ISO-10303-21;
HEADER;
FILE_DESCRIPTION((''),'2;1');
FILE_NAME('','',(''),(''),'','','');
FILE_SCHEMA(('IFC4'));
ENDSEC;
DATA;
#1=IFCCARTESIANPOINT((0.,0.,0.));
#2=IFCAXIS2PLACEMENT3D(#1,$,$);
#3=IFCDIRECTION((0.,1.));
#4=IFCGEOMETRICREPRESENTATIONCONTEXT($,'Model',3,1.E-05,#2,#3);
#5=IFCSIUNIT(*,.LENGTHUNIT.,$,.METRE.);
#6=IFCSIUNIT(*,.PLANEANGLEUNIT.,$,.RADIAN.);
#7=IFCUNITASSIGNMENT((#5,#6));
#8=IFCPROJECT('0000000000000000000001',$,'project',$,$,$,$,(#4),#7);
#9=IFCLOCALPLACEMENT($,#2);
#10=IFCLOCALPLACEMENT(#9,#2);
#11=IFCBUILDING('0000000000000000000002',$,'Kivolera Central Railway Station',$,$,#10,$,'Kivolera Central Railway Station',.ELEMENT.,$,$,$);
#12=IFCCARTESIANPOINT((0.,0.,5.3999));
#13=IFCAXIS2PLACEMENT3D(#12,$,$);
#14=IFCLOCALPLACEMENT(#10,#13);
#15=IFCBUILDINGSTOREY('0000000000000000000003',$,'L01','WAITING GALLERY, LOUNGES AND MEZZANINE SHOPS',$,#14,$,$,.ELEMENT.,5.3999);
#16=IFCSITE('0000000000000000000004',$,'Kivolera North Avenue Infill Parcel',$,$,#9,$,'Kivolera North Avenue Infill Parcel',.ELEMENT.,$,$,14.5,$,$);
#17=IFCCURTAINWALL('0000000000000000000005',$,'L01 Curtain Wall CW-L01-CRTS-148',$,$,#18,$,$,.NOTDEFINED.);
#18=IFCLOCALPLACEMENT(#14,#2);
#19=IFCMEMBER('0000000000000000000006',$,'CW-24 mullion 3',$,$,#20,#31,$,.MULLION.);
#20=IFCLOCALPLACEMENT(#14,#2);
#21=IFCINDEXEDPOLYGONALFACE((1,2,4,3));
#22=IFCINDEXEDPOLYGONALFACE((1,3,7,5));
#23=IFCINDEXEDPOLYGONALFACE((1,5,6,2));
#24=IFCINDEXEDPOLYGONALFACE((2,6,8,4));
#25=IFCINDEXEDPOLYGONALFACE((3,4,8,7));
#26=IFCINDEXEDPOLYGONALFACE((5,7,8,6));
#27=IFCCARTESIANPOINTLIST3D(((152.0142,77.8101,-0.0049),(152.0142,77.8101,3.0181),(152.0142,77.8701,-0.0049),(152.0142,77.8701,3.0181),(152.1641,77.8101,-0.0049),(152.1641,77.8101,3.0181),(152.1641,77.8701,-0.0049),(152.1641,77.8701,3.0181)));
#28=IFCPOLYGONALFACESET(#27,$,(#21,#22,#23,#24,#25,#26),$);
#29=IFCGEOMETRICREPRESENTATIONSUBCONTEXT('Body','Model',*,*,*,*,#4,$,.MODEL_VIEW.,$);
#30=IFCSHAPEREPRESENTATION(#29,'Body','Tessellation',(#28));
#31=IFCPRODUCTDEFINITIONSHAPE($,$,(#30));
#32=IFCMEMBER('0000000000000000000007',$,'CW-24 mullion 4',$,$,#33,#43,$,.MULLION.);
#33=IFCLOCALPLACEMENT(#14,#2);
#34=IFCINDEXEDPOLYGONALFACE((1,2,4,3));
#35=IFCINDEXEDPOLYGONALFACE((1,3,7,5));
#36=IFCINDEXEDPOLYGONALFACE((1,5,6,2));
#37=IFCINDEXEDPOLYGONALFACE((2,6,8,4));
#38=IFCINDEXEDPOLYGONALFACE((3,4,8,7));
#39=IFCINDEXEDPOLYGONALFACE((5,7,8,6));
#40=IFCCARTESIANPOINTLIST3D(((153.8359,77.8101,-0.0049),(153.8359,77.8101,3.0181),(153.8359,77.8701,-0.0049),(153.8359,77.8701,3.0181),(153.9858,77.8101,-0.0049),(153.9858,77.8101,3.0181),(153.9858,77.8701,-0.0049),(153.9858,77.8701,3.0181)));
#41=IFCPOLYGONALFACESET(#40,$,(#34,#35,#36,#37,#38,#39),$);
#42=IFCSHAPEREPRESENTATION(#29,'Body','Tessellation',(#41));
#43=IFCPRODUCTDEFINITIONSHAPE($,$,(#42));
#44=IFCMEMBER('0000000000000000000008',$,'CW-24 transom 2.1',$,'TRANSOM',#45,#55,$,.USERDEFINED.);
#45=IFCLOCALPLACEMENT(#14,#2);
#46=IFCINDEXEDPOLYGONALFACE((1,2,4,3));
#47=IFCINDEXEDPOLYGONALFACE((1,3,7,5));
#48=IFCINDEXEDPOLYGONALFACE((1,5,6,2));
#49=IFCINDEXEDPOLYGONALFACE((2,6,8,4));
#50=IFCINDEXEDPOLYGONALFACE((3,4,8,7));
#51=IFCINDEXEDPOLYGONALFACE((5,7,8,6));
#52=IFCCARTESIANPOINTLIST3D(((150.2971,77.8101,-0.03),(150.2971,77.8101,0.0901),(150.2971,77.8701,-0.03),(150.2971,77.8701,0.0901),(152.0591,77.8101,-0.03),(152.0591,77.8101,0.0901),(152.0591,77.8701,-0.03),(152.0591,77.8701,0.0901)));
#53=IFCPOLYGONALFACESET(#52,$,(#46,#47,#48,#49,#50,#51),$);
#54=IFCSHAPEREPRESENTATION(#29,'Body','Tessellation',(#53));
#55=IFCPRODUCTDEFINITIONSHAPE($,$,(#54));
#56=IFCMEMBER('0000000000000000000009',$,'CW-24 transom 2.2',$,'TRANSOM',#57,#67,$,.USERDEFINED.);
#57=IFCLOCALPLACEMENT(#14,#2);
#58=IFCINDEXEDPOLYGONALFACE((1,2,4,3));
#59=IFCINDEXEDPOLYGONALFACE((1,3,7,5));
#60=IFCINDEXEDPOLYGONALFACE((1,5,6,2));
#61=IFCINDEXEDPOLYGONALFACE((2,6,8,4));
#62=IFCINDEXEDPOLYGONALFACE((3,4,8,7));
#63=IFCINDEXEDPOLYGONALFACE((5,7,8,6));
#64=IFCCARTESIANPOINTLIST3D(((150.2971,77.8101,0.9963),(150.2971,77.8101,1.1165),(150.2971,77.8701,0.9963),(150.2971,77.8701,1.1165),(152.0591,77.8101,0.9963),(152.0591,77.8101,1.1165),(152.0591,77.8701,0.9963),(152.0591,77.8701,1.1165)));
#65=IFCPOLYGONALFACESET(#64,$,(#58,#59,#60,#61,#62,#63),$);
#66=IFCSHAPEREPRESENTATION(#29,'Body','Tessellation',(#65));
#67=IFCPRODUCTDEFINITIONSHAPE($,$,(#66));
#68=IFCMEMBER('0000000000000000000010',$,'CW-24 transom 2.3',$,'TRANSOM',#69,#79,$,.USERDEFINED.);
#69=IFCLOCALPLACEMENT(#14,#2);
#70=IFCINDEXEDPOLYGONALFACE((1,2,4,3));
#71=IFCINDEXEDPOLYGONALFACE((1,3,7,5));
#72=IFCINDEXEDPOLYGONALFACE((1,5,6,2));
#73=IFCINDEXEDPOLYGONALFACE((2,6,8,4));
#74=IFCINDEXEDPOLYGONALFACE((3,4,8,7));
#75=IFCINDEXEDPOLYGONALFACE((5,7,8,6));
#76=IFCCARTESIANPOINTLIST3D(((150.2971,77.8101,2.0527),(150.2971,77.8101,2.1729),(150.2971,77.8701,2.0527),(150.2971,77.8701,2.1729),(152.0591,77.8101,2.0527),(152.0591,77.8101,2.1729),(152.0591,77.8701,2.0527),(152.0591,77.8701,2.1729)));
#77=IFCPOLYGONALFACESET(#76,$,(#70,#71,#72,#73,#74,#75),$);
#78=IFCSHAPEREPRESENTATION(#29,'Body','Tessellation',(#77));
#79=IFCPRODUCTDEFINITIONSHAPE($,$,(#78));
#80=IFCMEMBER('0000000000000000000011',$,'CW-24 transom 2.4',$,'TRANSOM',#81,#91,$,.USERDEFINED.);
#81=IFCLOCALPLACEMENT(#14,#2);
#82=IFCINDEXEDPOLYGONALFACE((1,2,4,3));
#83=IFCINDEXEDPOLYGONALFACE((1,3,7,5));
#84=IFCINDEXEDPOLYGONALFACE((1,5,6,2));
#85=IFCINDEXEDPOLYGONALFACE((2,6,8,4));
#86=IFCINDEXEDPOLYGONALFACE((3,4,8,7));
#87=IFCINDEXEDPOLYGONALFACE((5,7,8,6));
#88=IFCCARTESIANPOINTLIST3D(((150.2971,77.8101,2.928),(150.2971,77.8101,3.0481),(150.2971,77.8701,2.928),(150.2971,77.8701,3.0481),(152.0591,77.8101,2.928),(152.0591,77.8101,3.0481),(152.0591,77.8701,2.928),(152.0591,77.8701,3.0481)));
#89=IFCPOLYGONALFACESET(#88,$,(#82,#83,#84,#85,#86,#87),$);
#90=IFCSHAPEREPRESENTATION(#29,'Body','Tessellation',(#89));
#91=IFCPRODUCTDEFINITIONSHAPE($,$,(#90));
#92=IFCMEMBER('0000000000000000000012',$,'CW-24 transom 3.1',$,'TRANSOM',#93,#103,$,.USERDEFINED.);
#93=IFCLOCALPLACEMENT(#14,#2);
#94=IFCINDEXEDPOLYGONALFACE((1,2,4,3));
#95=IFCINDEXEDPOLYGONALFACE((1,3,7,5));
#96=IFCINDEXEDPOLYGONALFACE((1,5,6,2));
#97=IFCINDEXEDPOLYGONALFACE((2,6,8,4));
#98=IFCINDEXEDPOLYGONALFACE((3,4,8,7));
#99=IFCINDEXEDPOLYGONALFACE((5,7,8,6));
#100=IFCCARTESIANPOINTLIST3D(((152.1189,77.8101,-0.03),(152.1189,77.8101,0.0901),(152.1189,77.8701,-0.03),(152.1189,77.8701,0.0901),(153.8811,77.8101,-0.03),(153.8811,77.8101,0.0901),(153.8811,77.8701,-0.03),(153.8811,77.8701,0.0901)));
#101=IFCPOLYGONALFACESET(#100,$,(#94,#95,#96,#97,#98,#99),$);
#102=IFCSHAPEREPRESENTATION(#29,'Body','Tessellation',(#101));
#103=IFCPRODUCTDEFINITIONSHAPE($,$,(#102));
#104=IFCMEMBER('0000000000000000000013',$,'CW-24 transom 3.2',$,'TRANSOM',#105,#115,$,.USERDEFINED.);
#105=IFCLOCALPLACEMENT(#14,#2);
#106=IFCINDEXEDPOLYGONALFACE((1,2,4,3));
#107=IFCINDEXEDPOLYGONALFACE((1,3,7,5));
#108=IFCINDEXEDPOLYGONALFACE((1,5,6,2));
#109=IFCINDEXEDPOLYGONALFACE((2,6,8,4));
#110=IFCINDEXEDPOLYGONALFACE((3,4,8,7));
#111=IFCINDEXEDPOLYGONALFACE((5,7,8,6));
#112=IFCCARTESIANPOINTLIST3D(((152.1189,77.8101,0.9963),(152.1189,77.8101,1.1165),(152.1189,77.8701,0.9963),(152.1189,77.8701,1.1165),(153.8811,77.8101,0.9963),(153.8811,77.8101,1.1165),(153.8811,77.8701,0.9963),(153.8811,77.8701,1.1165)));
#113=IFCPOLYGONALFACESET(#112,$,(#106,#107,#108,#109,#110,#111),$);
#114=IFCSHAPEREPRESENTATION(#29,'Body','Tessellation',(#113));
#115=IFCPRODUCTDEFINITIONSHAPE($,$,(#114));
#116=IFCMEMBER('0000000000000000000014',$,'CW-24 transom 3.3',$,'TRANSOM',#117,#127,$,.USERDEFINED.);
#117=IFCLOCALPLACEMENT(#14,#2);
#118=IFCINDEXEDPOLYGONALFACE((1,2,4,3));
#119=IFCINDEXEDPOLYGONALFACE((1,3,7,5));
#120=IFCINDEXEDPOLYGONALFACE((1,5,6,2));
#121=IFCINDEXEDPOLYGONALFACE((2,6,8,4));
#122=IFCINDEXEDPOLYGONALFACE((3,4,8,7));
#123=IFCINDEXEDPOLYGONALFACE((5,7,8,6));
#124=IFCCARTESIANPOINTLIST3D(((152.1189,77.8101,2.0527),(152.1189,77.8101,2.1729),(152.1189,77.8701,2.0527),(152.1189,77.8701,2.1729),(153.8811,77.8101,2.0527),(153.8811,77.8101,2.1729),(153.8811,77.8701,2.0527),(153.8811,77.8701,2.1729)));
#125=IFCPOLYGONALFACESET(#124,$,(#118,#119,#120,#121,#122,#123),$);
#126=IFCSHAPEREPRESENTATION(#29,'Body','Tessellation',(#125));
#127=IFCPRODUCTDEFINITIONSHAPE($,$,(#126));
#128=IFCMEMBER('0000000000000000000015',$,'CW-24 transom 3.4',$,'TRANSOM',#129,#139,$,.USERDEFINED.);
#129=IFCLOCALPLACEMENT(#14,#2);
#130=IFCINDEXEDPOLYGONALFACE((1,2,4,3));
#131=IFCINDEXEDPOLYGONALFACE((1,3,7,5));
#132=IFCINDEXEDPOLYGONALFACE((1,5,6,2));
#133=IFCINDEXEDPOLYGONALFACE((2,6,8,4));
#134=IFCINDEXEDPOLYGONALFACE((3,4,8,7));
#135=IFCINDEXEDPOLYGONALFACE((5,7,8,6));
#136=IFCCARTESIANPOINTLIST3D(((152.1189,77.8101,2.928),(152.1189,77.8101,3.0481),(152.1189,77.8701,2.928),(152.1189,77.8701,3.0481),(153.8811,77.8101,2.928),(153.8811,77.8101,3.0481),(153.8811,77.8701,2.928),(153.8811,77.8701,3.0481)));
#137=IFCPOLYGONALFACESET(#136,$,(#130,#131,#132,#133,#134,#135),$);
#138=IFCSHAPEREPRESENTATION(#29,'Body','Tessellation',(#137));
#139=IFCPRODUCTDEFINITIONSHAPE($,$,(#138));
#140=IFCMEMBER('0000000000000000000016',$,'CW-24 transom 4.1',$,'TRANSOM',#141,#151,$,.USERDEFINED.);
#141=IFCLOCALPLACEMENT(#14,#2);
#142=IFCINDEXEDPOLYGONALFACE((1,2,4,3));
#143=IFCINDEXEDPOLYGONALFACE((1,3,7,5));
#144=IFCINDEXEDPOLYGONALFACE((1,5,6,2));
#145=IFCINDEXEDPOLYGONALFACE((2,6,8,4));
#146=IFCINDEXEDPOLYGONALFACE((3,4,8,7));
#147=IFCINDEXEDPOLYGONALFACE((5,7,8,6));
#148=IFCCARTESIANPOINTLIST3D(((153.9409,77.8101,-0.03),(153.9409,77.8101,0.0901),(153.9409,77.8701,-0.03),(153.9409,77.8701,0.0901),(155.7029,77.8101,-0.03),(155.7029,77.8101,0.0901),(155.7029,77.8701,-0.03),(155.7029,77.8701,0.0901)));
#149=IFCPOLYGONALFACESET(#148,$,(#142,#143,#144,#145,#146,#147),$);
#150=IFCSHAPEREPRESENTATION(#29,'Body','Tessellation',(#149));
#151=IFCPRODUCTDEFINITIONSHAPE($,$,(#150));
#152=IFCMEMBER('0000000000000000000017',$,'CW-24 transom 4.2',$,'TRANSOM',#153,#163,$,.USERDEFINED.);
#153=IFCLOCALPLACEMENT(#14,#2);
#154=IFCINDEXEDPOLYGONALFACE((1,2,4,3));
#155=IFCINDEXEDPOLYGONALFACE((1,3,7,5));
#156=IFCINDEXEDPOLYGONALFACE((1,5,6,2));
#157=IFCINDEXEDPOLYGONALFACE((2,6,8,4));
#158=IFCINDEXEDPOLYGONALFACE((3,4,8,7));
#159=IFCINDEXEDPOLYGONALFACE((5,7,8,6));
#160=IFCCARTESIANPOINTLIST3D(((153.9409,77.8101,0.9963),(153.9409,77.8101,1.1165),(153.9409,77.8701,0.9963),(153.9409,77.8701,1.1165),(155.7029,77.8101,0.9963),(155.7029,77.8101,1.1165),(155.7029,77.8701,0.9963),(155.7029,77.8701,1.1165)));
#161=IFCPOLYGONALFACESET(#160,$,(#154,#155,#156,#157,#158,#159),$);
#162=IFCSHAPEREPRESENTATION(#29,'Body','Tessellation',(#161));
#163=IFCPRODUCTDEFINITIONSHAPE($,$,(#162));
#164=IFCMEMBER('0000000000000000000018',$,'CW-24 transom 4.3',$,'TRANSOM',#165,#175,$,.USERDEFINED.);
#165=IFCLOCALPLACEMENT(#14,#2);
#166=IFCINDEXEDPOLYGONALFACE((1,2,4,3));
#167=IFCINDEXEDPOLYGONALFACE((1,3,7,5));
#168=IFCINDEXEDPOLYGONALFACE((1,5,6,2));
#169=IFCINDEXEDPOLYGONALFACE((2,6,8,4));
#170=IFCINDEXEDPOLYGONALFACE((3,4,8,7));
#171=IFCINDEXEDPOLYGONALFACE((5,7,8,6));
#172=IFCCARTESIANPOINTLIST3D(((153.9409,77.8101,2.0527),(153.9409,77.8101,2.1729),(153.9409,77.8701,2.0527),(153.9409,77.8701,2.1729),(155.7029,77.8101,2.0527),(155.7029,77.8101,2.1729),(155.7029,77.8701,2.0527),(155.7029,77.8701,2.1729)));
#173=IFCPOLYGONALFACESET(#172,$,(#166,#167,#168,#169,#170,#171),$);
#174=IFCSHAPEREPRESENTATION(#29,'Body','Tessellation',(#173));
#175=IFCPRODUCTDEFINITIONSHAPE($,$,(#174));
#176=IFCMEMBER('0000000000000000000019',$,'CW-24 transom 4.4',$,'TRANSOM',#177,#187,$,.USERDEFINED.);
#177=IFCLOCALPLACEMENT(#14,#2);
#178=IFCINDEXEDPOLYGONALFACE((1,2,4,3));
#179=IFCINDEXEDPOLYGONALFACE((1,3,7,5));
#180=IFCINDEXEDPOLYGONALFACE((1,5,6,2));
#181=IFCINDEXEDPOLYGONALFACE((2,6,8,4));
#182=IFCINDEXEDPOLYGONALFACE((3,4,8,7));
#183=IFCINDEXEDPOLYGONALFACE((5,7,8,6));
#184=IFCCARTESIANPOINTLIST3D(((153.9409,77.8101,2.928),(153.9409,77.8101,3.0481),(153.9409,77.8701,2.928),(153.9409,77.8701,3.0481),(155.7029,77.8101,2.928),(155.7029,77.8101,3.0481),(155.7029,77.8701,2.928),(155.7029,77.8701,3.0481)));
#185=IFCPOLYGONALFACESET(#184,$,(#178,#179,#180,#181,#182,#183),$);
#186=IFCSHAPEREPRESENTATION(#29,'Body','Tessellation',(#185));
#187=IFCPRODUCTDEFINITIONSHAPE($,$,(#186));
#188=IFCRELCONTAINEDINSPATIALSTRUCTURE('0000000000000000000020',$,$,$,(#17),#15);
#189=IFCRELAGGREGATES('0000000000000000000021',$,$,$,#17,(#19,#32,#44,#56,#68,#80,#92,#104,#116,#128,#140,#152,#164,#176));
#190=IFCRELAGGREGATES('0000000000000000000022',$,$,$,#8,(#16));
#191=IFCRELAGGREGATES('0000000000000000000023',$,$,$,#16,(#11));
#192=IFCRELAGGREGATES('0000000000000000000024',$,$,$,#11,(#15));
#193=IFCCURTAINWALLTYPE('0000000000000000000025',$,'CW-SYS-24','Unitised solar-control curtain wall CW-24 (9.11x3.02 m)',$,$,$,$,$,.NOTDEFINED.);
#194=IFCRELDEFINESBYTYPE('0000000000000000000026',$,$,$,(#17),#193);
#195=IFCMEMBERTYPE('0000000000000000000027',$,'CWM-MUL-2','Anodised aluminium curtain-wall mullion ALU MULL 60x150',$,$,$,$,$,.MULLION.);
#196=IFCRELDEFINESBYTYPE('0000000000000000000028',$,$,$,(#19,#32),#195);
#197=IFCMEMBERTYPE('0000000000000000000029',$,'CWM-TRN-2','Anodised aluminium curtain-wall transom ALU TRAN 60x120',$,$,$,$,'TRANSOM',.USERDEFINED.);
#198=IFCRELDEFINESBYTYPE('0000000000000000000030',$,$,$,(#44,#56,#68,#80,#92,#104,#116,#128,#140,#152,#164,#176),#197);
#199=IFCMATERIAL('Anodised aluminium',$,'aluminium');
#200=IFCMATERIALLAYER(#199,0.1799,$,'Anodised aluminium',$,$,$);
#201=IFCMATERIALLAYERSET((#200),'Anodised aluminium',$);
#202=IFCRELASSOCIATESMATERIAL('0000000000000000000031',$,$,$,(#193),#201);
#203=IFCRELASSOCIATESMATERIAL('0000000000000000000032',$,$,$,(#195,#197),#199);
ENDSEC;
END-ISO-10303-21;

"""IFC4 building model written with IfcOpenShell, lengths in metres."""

from ifc_helpers import new_model, si_unit, direction, frame, origin, origin_2d, place, context, subcontext, project, spatial, rectangle, extrude, material, layer, layer_set, material_profile, profile_set, type_object, element, aggregate, save


model = new_model("IFC4")

# Units and contexts
model_context = context("Model", 3, precision=1e-05, world=origin(), true_north=direction((0.0, 1.0)))
body_context = subcontext(model_context, "Body", "Model", "MODEL_VIEW")
ifc_project = project(units=[si_unit("LENGTHUNIT", "METRE"), si_unit("PLANEANGLEUNIT", "RADIAN")], contexts=[model_context])

# Site, building, storey
site_placement = place(None, origin())
site = spatial("IfcSite", under=ifc_project, at=site_placement, Name="Kivolera North Avenue Infill Parcel", LongName="Kivolera North Avenue Infill Parcel", CompositionType="ELEMENT", RefElevation=14.5)
building_placement = place(site_placement, origin())
building = spatial("IfcBuilding", under=site, at=building_placement, Name="Kivolera Central Railway Station", LongName="Kivolera Central Railway Station", CompositionType="ELEMENT")
storey_placement = place(building_placement, frame((0.0, 0.0, 5.3999)))
storey = spatial("IfcBuildingStorey", under=building, at=storey_placement, Name="L01", Description="WAITING GALLERY, LOUNGES AND MEZZANINE SHOPS", CompositionType="ELEMENT", Elevation=5.3999)

# Curtain wall, members
ifc_material_1 = material(Name="Anodised aluminium", Category="aluminium")
ifc_layer_1 = layer(ifc_material_1, 0.1799, Name="Anodised aluminium")
ifc_layer_set_1 = layer_set([ifc_layer_1], Name="Anodised aluminium")
curtain_wall_type = type_object("IfcCurtainWallType", Name="CW-SYS-24", Description="Unitised solar-control curtain wall CW-24 (9.11x3.02 m)", PredefinedType="NOTDEFINED", material=ifc_layer_set_1)
curtain_wall_placement = place(storey_placement, origin())
curtain_wall = element("IfcCurtainWall", 1, at=curtain_wall_placement, inside=storey, type_object=curtain_wall_type, Name="L01 Curtain Wall CW-L01-CRTS-148", PredefinedType="NOTDEFINED")
ifc_material_profile_1 = material_profile(ifc_material_1, rectangle(XDim=0.0601, YDim=0.1499, at=origin_2d()), Name="ALU MULL 60x150")
ifc_profile_set_1 = profile_set([ifc_material_profile_1], Name="Anodised aluminium")
member_type_1 = type_object("IfcMemberType", Name="CWM-MUL-2", Description="Anodised aluminium curtain-wall mullion ALU MULL 60x150", PredefinedType="MULLION", material=ifc_profile_set_1)
member_1_placement = place(storey_placement, frame((152.0891, 77.8401, -0.0049), z_axis=(0.0, 0.0, 1.0), x_axis=(0.0, 1.0, 0.0)))
member_1 = element("IfcMember", 2, at=member_1_placement, type_object=member_type_1, Name="CW-24 mullion 3", PredefinedType="MULLION", context=body_context, shape_type="SweptSolid", body=[
    extrude(rectangle(XDim=0.0601, YDim=0.1499, at=origin_2d()), origin(), (0.0, 0.0, 1.0), 3.0229),
])
member_2_placement = place(storey_placement, frame((153.9109, 77.8401, -0.0049), z_axis=(0.0, 0.0, 1.0), x_axis=(0.0, 1.0, 0.0)))
member_2 = element("IfcMember", 3, at=member_2_placement, type_object=member_type_1, Name="CW-24 mullion 4", PredefinedType="MULLION", context=body_context, shape_type="SweptSolid", body=[
    extrude(rectangle(XDim=0.0601, YDim=0.1499, at=origin_2d()), origin(), (0.0, 0.0, 1.0), 3.0229),
])
ifc_material_profile_2 = material_profile(ifc_material_1, rectangle(XDim=0.0601, YDim=0.1201, at=origin_2d()), Name="ALU TRAN 60x120")
ifc_profile_set_2 = profile_set([ifc_material_profile_2], Name="Anodised aluminium")
member_type_2 = type_object("IfcMemberType", Name="CWM-TRN-2", Description="Anodised aluminium curtain-wall transom ALU TRAN 60x120", ElementType="TRANSOM", PredefinedType="USERDEFINED", material=ifc_profile_set_2)
member_3_placement = place(storey_placement, frame((150.2971, 77.8401, 0.03), z_axis=(1.0, 0.0, 0.0), x_axis=(0.0, 1.0, 0.0)))
member_3 = element("IfcMember", 4, at=member_3_placement, type_object=member_type_2, Name="CW-24 transom 2.1", ObjectType="TRANSOM", PredefinedType="USERDEFINED", context=body_context, shape_type="SweptSolid", body=[
    extrude(rectangle(XDim=0.0601, YDim=0.1201, at=origin_2d()), origin(), (0.0, 0.0, 1.0), 1.762),
])
member_4_placement = place(storey_placement, frame((150.2971, 77.8401, 1.0564), z_axis=(1.0, 0.0, 0.0), x_axis=(0.0, 1.0, 0.0)))
member_4 = element("IfcMember", 5, at=member_4_placement, type_object=member_type_2, Name="CW-24 transom 2.2", ObjectType="TRANSOM", PredefinedType="USERDEFINED", context=body_context, shape_type="SweptSolid", body=[
    extrude(rectangle(XDim=0.0601, YDim=0.1201, at=origin_2d()), origin(), (0.0, 0.0, 1.0), 1.762),
])
member_5_placement = place(storey_placement, frame((150.2971, 77.8401, 2.1128), z_axis=(1.0, 0.0, 0.0), x_axis=(0.0, 1.0, 0.0)))
member_5 = element("IfcMember", 6, at=member_5_placement, type_object=member_type_2, Name="CW-24 transom 2.3", ObjectType="TRANSOM", PredefinedType="USERDEFINED", context=body_context, shape_type="SweptSolid", body=[
    extrude(rectangle(XDim=0.0601, YDim=0.1201, at=origin_2d()), origin(), (0.0, 0.0, 1.0), 1.762),
])
member_6_placement = place(storey_placement, frame((150.2971, 77.8401, 2.988), z_axis=(1.0, 0.0, 0.0), x_axis=(0.0, 1.0, 0.0)))
member_6 = element("IfcMember", 7, at=member_6_placement, type_object=member_type_2, Name="CW-24 transom 2.4", ObjectType="TRANSOM", PredefinedType="USERDEFINED", context=body_context, shape_type="SweptSolid", body=[
    extrude(rectangle(XDim=0.0601, YDim=0.1201, at=origin_2d()), origin(), (0.0, 0.0, 1.0), 1.762),
])
member_7_placement = place(storey_placement, frame((152.1189, 77.8401, 0.03), z_axis=(1.0, 0.0, 0.0), x_axis=(0.0, 1.0, 0.0)))
member_7 = element("IfcMember", 8, at=member_7_placement, type_object=member_type_2, Name="CW-24 transom 3.1", ObjectType="TRANSOM", PredefinedType="USERDEFINED", context=body_context, shape_type="SweptSolid", body=[
    extrude(rectangle(XDim=0.0601, YDim=0.1201, at=origin_2d()), origin(), (0.0, 0.0, 1.0), 1.7622),
])
member_8_placement = place(storey_placement, frame((152.1189, 77.8401, 1.0564), z_axis=(1.0, 0.0, 0.0), x_axis=(0.0, 1.0, 0.0)))
member_8 = element("IfcMember", 9, at=member_8_placement, type_object=member_type_2, Name="CW-24 transom 3.2", ObjectType="TRANSOM", PredefinedType="USERDEFINED", context=body_context, shape_type="SweptSolid", body=[
    extrude(rectangle(XDim=0.0601, YDim=0.1201, at=origin_2d()), origin(), (0.0, 0.0, 1.0), 1.7622),
])
member_9_placement = place(storey_placement, frame((152.1189, 77.8401, 2.1128), z_axis=(1.0, 0.0, 0.0), x_axis=(0.0, 1.0, 0.0)))
member_9 = element("IfcMember", 10, at=member_9_placement, type_object=member_type_2, Name="CW-24 transom 3.3", ObjectType="TRANSOM", PredefinedType="USERDEFINED", context=body_context, shape_type="SweptSolid", body=[
    extrude(rectangle(XDim=0.0601, YDim=0.1201, at=origin_2d()), origin(), (0.0, 0.0, 1.0), 1.7622),
])
member_10_placement = place(storey_placement, frame((152.1189, 77.8401, 2.988), z_axis=(1.0, 0.0, 0.0), x_axis=(0.0, 1.0, 0.0)))
member_10 = element("IfcMember", 11, at=member_10_placement, type_object=member_type_2, Name="CW-24 transom 3.4", ObjectType="TRANSOM", PredefinedType="USERDEFINED", context=body_context, shape_type="SweptSolid", body=[
    extrude(rectangle(XDim=0.0601, YDim=0.1201, at=origin_2d()), origin(), (0.0, 0.0, 1.0), 1.7622),
])
member_11_placement = place(storey_placement, frame((153.9409, 77.8401, 0.03), z_axis=(1.0, 0.0, 0.0), x_axis=(0.0, 1.0, 0.0)))
member_11 = element("IfcMember", 12, at=member_11_placement, type_object=member_type_2, Name="CW-24 transom 4.1", ObjectType="TRANSOM", PredefinedType="USERDEFINED", context=body_context, shape_type="SweptSolid", body=[
    extrude(rectangle(XDim=0.0601, YDim=0.1201, at=origin_2d()), origin(), (0.0, 0.0, 1.0), 1.762),
])
member_12_placement = place(storey_placement, frame((153.9409, 77.8401, 1.0564), z_axis=(1.0, 0.0, 0.0), x_axis=(0.0, 1.0, 0.0)))
member_12 = element("IfcMember", 13, at=member_12_placement, type_object=member_type_2, Name="CW-24 transom 4.2", ObjectType="TRANSOM", PredefinedType="USERDEFINED", context=body_context, shape_type="SweptSolid", body=[
    extrude(rectangle(XDim=0.0601, YDim=0.1201, at=origin_2d()), origin(), (0.0, 0.0, 1.0), 1.762),
])
member_13_placement = place(storey_placement, frame((153.9409, 77.8401, 2.1128), z_axis=(1.0, 0.0, 0.0), x_axis=(0.0, 1.0, 0.0)))
member_13 = element("IfcMember", 14, at=member_13_placement, type_object=member_type_2, Name="CW-24 transom 4.3", ObjectType="TRANSOM", PredefinedType="USERDEFINED", context=body_context, shape_type="SweptSolid", body=[
    extrude(rectangle(XDim=0.0601, YDim=0.1201, at=origin_2d()), origin(), (0.0, 0.0, 1.0), 1.762),
])
member_14_placement = place(storey_placement, frame((153.9409, 77.8401, 2.988), z_axis=(1.0, 0.0, 0.0), x_axis=(0.0, 1.0, 0.0)))
member_14 = element("IfcMember", 15, at=member_14_placement, type_object=member_type_2, Name="CW-24 transom 4.4", ObjectType="TRANSOM", PredefinedType="USERDEFINED", context=body_context, shape_type="SweptSolid", body=[
    extrude(rectangle(XDim=0.0601, YDim=0.1201, at=origin_2d()), origin(), (0.0, 0.0, 1.0), 1.762),
])
aggregate(curtain_wall, [member_1, member_2, member_3, member_4, member_5, member_6, member_7, member_8, member_9, member_10, member_11, member_12, member_13, member_14])

save(model, "model.ifc")
